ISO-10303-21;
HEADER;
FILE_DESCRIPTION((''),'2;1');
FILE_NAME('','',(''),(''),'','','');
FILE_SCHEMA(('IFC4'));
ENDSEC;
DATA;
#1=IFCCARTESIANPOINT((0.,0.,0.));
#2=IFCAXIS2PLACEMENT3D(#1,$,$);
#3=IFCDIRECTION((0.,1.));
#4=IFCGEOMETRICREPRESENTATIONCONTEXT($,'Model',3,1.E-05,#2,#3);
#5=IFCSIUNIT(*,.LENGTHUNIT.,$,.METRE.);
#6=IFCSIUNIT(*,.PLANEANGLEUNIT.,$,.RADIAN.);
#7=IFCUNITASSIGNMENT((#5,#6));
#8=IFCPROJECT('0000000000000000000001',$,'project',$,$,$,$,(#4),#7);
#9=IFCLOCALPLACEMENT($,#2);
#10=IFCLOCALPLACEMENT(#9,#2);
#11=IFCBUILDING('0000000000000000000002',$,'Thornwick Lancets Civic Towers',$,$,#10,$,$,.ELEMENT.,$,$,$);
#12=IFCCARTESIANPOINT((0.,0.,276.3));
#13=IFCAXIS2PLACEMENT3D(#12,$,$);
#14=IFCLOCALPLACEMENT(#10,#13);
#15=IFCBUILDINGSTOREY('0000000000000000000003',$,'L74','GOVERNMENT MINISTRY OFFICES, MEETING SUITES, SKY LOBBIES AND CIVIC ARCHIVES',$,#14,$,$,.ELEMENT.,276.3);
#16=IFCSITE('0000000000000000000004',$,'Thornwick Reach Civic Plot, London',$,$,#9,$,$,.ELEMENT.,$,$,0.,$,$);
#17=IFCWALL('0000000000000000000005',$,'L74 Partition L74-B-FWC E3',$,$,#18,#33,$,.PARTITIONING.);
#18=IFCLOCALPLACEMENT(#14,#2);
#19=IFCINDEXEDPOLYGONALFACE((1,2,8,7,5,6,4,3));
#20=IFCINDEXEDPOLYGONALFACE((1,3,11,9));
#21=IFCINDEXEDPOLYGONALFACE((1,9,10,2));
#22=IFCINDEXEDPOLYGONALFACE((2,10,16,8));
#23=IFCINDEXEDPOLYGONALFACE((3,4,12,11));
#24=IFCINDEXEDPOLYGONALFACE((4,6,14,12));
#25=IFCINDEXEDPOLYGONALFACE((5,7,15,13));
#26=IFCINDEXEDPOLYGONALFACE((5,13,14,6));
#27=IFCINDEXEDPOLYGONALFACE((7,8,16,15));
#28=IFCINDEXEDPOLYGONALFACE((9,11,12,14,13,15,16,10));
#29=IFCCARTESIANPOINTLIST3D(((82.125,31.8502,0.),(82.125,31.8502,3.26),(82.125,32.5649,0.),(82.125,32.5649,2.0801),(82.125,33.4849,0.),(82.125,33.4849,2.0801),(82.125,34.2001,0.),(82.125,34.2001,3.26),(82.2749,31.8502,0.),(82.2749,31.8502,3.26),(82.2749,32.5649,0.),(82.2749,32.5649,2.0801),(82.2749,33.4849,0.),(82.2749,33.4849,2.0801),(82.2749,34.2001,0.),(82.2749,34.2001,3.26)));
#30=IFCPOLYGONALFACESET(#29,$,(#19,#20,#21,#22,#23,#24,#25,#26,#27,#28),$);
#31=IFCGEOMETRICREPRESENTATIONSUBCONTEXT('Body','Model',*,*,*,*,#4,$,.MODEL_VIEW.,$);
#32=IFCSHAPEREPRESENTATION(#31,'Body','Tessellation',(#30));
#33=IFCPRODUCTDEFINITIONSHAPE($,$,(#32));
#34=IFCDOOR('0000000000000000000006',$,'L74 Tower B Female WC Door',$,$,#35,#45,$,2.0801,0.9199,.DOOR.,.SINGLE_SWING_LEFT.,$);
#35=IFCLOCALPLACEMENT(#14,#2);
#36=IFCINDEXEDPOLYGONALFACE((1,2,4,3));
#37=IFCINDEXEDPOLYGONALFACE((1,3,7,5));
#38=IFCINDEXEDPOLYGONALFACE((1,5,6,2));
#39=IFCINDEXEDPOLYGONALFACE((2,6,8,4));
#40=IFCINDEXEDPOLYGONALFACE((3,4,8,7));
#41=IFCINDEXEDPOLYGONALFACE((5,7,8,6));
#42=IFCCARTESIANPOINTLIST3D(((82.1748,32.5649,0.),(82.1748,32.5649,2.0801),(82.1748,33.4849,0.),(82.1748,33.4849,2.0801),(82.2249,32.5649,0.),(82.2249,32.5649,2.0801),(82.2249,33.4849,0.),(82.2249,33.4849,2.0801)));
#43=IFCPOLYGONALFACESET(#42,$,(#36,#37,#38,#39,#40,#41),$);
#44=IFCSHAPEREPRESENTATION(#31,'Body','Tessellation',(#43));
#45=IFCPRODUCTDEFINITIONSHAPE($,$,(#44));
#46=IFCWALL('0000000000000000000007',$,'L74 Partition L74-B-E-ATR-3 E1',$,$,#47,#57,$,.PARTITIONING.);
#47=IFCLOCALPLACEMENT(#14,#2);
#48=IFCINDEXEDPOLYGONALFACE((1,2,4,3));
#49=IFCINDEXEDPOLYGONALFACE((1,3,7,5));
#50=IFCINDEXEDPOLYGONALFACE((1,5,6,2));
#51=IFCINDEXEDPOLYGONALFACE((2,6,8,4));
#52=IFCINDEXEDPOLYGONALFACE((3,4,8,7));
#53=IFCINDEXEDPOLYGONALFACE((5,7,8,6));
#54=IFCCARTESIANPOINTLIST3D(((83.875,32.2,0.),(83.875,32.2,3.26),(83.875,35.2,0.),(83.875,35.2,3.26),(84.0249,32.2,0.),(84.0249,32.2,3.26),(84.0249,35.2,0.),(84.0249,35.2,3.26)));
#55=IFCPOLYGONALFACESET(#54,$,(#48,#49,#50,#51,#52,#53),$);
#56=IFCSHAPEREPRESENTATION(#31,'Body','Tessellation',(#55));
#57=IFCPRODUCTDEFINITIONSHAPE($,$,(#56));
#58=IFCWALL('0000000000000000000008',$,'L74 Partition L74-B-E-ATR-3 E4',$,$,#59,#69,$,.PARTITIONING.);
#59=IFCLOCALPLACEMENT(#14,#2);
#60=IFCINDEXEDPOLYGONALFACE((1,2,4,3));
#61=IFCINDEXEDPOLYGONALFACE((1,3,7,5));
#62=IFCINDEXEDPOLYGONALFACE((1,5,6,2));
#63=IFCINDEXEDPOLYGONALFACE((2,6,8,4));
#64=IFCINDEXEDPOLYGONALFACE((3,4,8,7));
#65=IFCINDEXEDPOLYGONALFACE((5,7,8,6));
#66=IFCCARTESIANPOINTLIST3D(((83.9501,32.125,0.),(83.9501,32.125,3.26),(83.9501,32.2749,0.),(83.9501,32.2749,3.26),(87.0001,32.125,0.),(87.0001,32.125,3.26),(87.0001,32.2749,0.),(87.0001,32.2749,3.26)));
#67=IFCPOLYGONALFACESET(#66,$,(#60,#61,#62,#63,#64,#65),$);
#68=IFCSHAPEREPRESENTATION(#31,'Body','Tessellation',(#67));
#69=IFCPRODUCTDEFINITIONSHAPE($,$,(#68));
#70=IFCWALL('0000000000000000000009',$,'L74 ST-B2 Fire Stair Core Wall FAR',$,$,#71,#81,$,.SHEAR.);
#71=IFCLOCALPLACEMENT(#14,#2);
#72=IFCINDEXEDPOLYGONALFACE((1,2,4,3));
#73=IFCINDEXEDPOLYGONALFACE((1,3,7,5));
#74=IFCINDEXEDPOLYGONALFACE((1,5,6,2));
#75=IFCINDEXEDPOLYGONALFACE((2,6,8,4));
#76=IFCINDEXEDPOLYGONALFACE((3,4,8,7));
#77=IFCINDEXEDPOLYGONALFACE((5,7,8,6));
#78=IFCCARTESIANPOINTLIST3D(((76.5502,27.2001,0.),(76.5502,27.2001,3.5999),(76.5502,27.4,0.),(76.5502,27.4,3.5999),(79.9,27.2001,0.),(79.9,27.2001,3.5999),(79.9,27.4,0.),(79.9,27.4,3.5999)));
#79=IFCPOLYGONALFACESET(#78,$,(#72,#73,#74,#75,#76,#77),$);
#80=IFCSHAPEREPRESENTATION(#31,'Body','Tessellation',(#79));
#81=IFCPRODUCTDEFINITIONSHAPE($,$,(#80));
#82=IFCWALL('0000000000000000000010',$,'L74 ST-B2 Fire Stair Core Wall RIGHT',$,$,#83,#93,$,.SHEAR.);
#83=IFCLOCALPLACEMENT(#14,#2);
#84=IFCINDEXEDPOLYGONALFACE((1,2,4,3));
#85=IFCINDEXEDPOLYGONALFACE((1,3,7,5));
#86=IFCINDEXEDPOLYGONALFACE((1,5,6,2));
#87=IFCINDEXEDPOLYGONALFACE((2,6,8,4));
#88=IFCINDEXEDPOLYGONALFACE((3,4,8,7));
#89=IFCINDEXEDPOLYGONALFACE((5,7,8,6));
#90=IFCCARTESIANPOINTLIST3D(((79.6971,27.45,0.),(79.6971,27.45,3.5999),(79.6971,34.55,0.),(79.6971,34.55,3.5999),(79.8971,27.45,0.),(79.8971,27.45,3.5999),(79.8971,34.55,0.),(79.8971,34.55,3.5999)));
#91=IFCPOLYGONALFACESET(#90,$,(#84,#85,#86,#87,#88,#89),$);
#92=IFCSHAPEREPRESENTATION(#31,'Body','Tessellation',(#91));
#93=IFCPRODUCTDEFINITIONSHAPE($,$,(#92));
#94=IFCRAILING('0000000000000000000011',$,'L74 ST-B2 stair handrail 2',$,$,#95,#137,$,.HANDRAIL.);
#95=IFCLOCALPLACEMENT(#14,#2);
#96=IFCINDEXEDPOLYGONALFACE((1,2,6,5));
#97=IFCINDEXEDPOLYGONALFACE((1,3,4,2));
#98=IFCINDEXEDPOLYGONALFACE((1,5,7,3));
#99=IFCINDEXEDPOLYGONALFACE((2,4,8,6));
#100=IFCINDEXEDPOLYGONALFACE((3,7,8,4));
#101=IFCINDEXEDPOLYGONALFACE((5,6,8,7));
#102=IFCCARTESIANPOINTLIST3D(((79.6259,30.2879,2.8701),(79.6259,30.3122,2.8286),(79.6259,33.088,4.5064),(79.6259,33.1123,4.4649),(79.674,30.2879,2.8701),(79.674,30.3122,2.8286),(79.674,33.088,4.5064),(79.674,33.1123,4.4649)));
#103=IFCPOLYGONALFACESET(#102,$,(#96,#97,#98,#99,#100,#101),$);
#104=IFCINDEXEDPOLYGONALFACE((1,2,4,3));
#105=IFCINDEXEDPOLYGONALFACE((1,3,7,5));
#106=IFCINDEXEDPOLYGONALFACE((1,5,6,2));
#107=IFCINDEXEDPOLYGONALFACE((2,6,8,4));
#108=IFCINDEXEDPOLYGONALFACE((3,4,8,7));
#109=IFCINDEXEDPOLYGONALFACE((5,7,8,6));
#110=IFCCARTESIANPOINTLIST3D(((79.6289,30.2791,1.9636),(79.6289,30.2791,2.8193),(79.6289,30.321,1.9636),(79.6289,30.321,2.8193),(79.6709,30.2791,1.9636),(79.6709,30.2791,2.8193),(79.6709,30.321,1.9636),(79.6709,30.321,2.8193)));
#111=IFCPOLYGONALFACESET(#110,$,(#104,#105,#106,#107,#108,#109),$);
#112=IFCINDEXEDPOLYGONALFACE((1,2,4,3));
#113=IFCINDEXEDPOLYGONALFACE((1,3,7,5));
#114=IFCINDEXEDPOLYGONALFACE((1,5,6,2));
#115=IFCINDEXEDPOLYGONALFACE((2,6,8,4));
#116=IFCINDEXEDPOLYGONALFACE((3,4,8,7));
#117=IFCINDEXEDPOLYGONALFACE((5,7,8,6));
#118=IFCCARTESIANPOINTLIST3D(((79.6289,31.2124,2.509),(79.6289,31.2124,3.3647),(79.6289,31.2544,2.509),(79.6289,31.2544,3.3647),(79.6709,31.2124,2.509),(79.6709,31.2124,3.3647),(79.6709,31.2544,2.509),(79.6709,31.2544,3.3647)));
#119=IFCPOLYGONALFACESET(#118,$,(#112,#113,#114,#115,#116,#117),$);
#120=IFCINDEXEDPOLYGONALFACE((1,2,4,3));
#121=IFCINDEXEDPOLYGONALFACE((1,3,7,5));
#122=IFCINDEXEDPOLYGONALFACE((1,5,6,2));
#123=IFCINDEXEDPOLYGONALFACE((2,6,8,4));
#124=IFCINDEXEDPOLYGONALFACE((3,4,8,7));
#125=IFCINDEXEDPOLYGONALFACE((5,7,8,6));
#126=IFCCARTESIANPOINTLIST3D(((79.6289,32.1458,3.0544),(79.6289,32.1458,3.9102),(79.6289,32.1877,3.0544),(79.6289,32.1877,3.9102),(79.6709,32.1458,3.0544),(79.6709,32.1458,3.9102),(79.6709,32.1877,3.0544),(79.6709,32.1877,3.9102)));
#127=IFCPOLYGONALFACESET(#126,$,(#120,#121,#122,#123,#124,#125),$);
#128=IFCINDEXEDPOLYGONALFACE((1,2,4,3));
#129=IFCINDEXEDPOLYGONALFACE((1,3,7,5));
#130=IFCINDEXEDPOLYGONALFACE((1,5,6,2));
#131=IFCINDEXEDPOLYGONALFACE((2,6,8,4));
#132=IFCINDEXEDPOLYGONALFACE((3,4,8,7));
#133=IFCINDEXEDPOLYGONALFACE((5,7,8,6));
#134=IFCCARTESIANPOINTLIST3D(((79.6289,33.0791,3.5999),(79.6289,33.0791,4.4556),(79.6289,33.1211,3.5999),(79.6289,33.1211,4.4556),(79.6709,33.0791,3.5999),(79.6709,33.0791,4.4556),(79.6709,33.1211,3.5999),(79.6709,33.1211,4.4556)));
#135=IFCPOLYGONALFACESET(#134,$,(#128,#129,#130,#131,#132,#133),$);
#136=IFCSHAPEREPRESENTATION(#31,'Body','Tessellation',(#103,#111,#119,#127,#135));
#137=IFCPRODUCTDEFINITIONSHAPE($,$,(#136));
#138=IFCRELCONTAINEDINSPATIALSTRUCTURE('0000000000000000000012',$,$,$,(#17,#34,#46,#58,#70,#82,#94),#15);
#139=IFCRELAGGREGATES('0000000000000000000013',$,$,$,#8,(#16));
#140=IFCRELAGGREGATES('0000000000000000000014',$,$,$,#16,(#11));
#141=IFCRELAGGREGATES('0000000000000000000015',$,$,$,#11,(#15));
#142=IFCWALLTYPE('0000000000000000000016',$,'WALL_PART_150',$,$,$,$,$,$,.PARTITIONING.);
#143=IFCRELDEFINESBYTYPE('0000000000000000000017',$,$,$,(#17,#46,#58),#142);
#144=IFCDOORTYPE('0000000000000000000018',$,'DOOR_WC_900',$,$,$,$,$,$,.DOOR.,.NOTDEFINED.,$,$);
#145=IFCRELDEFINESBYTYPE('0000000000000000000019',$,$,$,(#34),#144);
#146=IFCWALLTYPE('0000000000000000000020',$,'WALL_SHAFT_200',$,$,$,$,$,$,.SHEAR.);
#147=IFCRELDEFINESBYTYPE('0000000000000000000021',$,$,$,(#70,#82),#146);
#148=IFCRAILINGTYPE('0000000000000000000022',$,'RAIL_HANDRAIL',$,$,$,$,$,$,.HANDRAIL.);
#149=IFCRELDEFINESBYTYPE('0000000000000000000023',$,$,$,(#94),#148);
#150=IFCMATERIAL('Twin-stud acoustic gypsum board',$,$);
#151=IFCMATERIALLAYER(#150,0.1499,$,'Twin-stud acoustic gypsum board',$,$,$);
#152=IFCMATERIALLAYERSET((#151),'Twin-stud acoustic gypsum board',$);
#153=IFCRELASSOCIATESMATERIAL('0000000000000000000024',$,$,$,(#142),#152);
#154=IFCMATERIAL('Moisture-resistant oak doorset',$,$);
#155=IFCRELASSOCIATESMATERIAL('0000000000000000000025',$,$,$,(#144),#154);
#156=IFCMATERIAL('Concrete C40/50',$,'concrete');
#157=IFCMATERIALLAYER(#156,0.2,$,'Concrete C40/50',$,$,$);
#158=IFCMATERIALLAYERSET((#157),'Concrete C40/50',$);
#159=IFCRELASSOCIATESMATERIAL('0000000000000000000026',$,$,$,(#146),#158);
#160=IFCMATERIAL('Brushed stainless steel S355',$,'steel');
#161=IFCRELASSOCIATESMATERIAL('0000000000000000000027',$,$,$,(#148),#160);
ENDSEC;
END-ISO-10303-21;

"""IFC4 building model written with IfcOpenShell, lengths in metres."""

from ifc_helpers import new_model, si_unit, direction, frame, frame_2d, origin, origin_2d, place, context, subcontext, project, spatial, rectangle, extrude, material, layer, layer_set, type_object, element, fill, save


model = new_model("IFC4")

# Units and contexts
model_context = context("Model", 3, precision=1e-05, world=origin(), true_north=direction((0.0, 1.0)))
body_context = subcontext(model_context, "Body", "Model", "MODEL_VIEW")
ifc_project = project(units=[si_unit("LENGTHUNIT", "METRE"), si_unit("PLANEANGLEUNIT", "RADIAN")], contexts=[model_context])

# Site, building, storey
site_placement = place(None, origin())
site = spatial("IfcSite", under=ifc_project, at=site_placement, Name="Thornwick Reach Civic Plot, London", CompositionType="ELEMENT", RefElevation=0.0)
building_placement = place(site_placement, origin())
building = spatial("IfcBuilding", under=site, at=building_placement, Name="Thornwick Lancets Civic Towers", CompositionType="ELEMENT")
storey_placement = place(building_placement, frame((0.0, 0.0, 276.3)))
storey = spatial("IfcBuildingStorey", under=building, at=storey_placement, Name="L74", Description="GOVERNMENT MINISTRY OFFICES, MEETING SUITES, SKY LOBBIES AND CIVIC ARCHIVES", CompositionType="ELEMENT", Elevation=276.3)

# Shared definitions
ifc_material_1 = material(Name="Twin-stud acoustic gypsum board")
ifc_layer_1 = layer(ifc_material_1, 0.1499, Name="Twin-stud acoustic gypsum board")
ifc_layer_set_1 = layer_set([ifc_layer_1], Name="Twin-stud acoustic gypsum board")
wall_type_1 = type_object("IfcWallType", Name="WALL_PART_150", PredefinedType="PARTITIONING", material=ifc_layer_set_1)

# Wall, opening, door
wall_1_placement = place(storey_placement, frame((82.2, 34.2, 0.0), z_axis=(0.0, 0.0, 1.0), x_axis=(0.0, -1.0, 0.0)))
wall_1 = element("IfcWall", 1, at=wall_1_placement, inside=storey, type_object=wall_type_1, Name="L74 Partition L74-B-FWC E3", PredefinedType="PARTITIONING", context=body_context, shape_type="SweptSolid", body=[
    extrude(rectangle(XDim=2.3499, YDim=0.1499, at=frame_2d((1.1748, 0.0))), origin(), (0.0, 0.0, 1.0), 3.26),
])
opening_1_placement = place(wall_1_placement, frame((0.7151, 0.0, 0.0)))
opening_1 = element("IfcOpeningElement", 2, at=opening_1_placement, cuts=wall_1, PredefinedType="OPENING", context=body_context, shape_type="SweptSolid", body=[
    extrude(rectangle(XDim=0.9199, YDim=2.0801, at=frame_2d((0.46, 1.04))), frame((0.0, 0.085, 0.0), z_axis=(0.0, -1.0, 0.0), x_axis=(1.0, 0.0, 0.0)), (0.0, 0.0, 1.0), 0.1699),
])
ifc_material_2 = material(Name="Moisture-resistant oak doorset")
door_type_1 = type_object("IfcDoorType", Name="DOOR_WC_900", OperationType="NOTDEFINED", PredefinedType="DOOR", material=ifc_material_2)
door_1_placement = place(opening_1_placement, origin())
door_1 = element("IfcDoor", 3, at=door_1_placement, inside=storey, type_object=door_type_1, Name="L74 Tower B Female WC Door", OperationType="SINGLE_SWING_LEFT", OverallHeight=2.0801, OverallWidth=0.9199, PredefinedType="DOOR", context=body_context, shape_type="SweptSolid", body=[
    extrude(rectangle(XDim=0.9199, YDim=2.0801, at=frame_2d((0.46, 1.04))), frame((0.0, 0.0249, 0.0), z_axis=(0.0, -1.0, 0.0), x_axis=(1.0, 0.0, 0.0)), (0.0, 0.0, 1.0), 0.05),
])
fill(opening_1, door_1)

# Wall
wall_2_placement = place(storey_placement, frame((83.95, 32.2, 0.0), z_axis=(0.0, 0.0, 1.0), x_axis=(0.0, 1.0, 0.0)))
element("IfcWall", 4, at=wall_2_placement, inside=storey, type_object=wall_type_1, Name="L74 Partition L74-B-E-ATR-3 E1", PredefinedType="PARTITIONING", context=body_context, shape_type="SweptSolid", body=[
    extrude(rectangle(XDim=3.0, YDim=0.1499, at=frame_2d((1.5, 0.0))), origin(), (0.0, 0.0, 1.0), 3.26),
])

# Walls
wall_3_placement = place(storey_placement, frame((87.0, 32.2, 0.0), z_axis=(0.0, 0.0, 1.0), x_axis=(-1.0, 0.0, 0.0)))
element("IfcWall", 5, at=wall_3_placement, inside=storey, type_object=wall_type_1, Name="L74 Partition L74-B-E-ATR-3 E4", PredefinedType="PARTITIONING", context=body_context, shape_type="SweptSolid", body=[
    extrude(rectangle(XDim=3.05, YDim=0.1499, at=frame_2d((1.5249, 0.0))), origin(), (0.0, 0.0, 1.0), 3.26),
])
ifc_material_3 = material(Name="Concrete C40/50", Category="concrete")
ifc_layer_2 = layer(ifc_material_3, 0.2, Name="Concrete C40/50")
ifc_layer_set_2 = layer_set([ifc_layer_2], Name="Concrete C40/50")
wall_type_2 = type_object("IfcWallType", Name="WALL_SHAFT_200", PredefinedType="SHEAR", material=ifc_layer_set_2)
wall_4_placement = place(storey_placement, frame((79.8999, 27.3, 0.0), z_axis=(0.0, 0.0, 1.0), x_axis=(-1.0, 0.0, 0.0)))
element("IfcWall", 6, at=wall_4_placement, inside=storey, type_object=wall_type_2, Name="L74 ST-B2 Fire Stair Core Wall FAR", PredefinedType="SHEAR", context=body_context, shape_type="SweptSolid", body=[
    extrude(rectangle(XDim=3.3499, YDim=0.2, at=frame_2d((1.6748, 0.0))), origin(), (0.0, 0.0, 1.0), 3.5999),
])
wall_5_placement = place(storey_placement, frame((79.7971, 27.45, 0.0), z_axis=(0.0, 0.0, 1.0), x_axis=(0.0, 1.0, 0.0)))
element("IfcWall", 7, at=wall_5_placement, inside=storey, type_object=wall_type_2, Name="L74 ST-B2 Fire Stair Core Wall RIGHT", PredefinedType="SHEAR", context=body_context, shape_type="SweptSolid", body=[
    extrude(rectangle(XDim=7.1001, YDim=0.2, at=frame_2d((3.55, 0.0))), origin(), (0.0, 0.0, 1.0), 3.5999),
])

# Railing
ifc_material_4 = material(Name="Brushed stainless steel S355", Category="steel")
railing_type = type_object("IfcRailingType", Name="RAIL_HANDRAIL", PredefinedType="HANDRAIL", material=ifc_material_4)
railing_placement = place(storey_placement, frame((79.6499, 30.3, 1.9636)))
element("IfcRailing", 8, at=railing_placement, inside=storey, type_object=railing_type, Name="L74 ST-B2 stair handrail 2", PredefinedType="HANDRAIL", context=body_context, shape_type="SweptSolid", body=[
    extrude(rectangle(XDim=0.0481, YDim=0.0481, at=origin_2d()), frame((0.0, 0.0, 0.8857), z_axis=(0.0, 0.863394, 0.504531), x_axis=(-1.0, 0.0, 0.0)), (0.0, 0.0, 1.0), 3.2432),
    extrude(rectangle(XDim=0.042, YDim=0.042, at=origin_2d()), origin(), (0.0, 0.0, 1.0), 0.8557),
    extrude(rectangle(XDim=0.042, YDim=0.042, at=origin_2d()), frame((0.0, 0.9333, 0.5454)), (0.0, 0.0, 1.0), 0.8557),
    extrude(rectangle(XDim=0.042, YDim=0.042, at=origin_2d()), frame((0.0, 1.8667, 1.0908)), (0.0, 0.0, 1.0), 0.8557),
    extrude(rectangle(XDim=0.042, YDim=0.042, at=origin_2d()), frame((0.0, 2.8, 1.6362)), (0.0, 0.0, 1.0), 0.8557),
])

save(model, "model.ifc")
